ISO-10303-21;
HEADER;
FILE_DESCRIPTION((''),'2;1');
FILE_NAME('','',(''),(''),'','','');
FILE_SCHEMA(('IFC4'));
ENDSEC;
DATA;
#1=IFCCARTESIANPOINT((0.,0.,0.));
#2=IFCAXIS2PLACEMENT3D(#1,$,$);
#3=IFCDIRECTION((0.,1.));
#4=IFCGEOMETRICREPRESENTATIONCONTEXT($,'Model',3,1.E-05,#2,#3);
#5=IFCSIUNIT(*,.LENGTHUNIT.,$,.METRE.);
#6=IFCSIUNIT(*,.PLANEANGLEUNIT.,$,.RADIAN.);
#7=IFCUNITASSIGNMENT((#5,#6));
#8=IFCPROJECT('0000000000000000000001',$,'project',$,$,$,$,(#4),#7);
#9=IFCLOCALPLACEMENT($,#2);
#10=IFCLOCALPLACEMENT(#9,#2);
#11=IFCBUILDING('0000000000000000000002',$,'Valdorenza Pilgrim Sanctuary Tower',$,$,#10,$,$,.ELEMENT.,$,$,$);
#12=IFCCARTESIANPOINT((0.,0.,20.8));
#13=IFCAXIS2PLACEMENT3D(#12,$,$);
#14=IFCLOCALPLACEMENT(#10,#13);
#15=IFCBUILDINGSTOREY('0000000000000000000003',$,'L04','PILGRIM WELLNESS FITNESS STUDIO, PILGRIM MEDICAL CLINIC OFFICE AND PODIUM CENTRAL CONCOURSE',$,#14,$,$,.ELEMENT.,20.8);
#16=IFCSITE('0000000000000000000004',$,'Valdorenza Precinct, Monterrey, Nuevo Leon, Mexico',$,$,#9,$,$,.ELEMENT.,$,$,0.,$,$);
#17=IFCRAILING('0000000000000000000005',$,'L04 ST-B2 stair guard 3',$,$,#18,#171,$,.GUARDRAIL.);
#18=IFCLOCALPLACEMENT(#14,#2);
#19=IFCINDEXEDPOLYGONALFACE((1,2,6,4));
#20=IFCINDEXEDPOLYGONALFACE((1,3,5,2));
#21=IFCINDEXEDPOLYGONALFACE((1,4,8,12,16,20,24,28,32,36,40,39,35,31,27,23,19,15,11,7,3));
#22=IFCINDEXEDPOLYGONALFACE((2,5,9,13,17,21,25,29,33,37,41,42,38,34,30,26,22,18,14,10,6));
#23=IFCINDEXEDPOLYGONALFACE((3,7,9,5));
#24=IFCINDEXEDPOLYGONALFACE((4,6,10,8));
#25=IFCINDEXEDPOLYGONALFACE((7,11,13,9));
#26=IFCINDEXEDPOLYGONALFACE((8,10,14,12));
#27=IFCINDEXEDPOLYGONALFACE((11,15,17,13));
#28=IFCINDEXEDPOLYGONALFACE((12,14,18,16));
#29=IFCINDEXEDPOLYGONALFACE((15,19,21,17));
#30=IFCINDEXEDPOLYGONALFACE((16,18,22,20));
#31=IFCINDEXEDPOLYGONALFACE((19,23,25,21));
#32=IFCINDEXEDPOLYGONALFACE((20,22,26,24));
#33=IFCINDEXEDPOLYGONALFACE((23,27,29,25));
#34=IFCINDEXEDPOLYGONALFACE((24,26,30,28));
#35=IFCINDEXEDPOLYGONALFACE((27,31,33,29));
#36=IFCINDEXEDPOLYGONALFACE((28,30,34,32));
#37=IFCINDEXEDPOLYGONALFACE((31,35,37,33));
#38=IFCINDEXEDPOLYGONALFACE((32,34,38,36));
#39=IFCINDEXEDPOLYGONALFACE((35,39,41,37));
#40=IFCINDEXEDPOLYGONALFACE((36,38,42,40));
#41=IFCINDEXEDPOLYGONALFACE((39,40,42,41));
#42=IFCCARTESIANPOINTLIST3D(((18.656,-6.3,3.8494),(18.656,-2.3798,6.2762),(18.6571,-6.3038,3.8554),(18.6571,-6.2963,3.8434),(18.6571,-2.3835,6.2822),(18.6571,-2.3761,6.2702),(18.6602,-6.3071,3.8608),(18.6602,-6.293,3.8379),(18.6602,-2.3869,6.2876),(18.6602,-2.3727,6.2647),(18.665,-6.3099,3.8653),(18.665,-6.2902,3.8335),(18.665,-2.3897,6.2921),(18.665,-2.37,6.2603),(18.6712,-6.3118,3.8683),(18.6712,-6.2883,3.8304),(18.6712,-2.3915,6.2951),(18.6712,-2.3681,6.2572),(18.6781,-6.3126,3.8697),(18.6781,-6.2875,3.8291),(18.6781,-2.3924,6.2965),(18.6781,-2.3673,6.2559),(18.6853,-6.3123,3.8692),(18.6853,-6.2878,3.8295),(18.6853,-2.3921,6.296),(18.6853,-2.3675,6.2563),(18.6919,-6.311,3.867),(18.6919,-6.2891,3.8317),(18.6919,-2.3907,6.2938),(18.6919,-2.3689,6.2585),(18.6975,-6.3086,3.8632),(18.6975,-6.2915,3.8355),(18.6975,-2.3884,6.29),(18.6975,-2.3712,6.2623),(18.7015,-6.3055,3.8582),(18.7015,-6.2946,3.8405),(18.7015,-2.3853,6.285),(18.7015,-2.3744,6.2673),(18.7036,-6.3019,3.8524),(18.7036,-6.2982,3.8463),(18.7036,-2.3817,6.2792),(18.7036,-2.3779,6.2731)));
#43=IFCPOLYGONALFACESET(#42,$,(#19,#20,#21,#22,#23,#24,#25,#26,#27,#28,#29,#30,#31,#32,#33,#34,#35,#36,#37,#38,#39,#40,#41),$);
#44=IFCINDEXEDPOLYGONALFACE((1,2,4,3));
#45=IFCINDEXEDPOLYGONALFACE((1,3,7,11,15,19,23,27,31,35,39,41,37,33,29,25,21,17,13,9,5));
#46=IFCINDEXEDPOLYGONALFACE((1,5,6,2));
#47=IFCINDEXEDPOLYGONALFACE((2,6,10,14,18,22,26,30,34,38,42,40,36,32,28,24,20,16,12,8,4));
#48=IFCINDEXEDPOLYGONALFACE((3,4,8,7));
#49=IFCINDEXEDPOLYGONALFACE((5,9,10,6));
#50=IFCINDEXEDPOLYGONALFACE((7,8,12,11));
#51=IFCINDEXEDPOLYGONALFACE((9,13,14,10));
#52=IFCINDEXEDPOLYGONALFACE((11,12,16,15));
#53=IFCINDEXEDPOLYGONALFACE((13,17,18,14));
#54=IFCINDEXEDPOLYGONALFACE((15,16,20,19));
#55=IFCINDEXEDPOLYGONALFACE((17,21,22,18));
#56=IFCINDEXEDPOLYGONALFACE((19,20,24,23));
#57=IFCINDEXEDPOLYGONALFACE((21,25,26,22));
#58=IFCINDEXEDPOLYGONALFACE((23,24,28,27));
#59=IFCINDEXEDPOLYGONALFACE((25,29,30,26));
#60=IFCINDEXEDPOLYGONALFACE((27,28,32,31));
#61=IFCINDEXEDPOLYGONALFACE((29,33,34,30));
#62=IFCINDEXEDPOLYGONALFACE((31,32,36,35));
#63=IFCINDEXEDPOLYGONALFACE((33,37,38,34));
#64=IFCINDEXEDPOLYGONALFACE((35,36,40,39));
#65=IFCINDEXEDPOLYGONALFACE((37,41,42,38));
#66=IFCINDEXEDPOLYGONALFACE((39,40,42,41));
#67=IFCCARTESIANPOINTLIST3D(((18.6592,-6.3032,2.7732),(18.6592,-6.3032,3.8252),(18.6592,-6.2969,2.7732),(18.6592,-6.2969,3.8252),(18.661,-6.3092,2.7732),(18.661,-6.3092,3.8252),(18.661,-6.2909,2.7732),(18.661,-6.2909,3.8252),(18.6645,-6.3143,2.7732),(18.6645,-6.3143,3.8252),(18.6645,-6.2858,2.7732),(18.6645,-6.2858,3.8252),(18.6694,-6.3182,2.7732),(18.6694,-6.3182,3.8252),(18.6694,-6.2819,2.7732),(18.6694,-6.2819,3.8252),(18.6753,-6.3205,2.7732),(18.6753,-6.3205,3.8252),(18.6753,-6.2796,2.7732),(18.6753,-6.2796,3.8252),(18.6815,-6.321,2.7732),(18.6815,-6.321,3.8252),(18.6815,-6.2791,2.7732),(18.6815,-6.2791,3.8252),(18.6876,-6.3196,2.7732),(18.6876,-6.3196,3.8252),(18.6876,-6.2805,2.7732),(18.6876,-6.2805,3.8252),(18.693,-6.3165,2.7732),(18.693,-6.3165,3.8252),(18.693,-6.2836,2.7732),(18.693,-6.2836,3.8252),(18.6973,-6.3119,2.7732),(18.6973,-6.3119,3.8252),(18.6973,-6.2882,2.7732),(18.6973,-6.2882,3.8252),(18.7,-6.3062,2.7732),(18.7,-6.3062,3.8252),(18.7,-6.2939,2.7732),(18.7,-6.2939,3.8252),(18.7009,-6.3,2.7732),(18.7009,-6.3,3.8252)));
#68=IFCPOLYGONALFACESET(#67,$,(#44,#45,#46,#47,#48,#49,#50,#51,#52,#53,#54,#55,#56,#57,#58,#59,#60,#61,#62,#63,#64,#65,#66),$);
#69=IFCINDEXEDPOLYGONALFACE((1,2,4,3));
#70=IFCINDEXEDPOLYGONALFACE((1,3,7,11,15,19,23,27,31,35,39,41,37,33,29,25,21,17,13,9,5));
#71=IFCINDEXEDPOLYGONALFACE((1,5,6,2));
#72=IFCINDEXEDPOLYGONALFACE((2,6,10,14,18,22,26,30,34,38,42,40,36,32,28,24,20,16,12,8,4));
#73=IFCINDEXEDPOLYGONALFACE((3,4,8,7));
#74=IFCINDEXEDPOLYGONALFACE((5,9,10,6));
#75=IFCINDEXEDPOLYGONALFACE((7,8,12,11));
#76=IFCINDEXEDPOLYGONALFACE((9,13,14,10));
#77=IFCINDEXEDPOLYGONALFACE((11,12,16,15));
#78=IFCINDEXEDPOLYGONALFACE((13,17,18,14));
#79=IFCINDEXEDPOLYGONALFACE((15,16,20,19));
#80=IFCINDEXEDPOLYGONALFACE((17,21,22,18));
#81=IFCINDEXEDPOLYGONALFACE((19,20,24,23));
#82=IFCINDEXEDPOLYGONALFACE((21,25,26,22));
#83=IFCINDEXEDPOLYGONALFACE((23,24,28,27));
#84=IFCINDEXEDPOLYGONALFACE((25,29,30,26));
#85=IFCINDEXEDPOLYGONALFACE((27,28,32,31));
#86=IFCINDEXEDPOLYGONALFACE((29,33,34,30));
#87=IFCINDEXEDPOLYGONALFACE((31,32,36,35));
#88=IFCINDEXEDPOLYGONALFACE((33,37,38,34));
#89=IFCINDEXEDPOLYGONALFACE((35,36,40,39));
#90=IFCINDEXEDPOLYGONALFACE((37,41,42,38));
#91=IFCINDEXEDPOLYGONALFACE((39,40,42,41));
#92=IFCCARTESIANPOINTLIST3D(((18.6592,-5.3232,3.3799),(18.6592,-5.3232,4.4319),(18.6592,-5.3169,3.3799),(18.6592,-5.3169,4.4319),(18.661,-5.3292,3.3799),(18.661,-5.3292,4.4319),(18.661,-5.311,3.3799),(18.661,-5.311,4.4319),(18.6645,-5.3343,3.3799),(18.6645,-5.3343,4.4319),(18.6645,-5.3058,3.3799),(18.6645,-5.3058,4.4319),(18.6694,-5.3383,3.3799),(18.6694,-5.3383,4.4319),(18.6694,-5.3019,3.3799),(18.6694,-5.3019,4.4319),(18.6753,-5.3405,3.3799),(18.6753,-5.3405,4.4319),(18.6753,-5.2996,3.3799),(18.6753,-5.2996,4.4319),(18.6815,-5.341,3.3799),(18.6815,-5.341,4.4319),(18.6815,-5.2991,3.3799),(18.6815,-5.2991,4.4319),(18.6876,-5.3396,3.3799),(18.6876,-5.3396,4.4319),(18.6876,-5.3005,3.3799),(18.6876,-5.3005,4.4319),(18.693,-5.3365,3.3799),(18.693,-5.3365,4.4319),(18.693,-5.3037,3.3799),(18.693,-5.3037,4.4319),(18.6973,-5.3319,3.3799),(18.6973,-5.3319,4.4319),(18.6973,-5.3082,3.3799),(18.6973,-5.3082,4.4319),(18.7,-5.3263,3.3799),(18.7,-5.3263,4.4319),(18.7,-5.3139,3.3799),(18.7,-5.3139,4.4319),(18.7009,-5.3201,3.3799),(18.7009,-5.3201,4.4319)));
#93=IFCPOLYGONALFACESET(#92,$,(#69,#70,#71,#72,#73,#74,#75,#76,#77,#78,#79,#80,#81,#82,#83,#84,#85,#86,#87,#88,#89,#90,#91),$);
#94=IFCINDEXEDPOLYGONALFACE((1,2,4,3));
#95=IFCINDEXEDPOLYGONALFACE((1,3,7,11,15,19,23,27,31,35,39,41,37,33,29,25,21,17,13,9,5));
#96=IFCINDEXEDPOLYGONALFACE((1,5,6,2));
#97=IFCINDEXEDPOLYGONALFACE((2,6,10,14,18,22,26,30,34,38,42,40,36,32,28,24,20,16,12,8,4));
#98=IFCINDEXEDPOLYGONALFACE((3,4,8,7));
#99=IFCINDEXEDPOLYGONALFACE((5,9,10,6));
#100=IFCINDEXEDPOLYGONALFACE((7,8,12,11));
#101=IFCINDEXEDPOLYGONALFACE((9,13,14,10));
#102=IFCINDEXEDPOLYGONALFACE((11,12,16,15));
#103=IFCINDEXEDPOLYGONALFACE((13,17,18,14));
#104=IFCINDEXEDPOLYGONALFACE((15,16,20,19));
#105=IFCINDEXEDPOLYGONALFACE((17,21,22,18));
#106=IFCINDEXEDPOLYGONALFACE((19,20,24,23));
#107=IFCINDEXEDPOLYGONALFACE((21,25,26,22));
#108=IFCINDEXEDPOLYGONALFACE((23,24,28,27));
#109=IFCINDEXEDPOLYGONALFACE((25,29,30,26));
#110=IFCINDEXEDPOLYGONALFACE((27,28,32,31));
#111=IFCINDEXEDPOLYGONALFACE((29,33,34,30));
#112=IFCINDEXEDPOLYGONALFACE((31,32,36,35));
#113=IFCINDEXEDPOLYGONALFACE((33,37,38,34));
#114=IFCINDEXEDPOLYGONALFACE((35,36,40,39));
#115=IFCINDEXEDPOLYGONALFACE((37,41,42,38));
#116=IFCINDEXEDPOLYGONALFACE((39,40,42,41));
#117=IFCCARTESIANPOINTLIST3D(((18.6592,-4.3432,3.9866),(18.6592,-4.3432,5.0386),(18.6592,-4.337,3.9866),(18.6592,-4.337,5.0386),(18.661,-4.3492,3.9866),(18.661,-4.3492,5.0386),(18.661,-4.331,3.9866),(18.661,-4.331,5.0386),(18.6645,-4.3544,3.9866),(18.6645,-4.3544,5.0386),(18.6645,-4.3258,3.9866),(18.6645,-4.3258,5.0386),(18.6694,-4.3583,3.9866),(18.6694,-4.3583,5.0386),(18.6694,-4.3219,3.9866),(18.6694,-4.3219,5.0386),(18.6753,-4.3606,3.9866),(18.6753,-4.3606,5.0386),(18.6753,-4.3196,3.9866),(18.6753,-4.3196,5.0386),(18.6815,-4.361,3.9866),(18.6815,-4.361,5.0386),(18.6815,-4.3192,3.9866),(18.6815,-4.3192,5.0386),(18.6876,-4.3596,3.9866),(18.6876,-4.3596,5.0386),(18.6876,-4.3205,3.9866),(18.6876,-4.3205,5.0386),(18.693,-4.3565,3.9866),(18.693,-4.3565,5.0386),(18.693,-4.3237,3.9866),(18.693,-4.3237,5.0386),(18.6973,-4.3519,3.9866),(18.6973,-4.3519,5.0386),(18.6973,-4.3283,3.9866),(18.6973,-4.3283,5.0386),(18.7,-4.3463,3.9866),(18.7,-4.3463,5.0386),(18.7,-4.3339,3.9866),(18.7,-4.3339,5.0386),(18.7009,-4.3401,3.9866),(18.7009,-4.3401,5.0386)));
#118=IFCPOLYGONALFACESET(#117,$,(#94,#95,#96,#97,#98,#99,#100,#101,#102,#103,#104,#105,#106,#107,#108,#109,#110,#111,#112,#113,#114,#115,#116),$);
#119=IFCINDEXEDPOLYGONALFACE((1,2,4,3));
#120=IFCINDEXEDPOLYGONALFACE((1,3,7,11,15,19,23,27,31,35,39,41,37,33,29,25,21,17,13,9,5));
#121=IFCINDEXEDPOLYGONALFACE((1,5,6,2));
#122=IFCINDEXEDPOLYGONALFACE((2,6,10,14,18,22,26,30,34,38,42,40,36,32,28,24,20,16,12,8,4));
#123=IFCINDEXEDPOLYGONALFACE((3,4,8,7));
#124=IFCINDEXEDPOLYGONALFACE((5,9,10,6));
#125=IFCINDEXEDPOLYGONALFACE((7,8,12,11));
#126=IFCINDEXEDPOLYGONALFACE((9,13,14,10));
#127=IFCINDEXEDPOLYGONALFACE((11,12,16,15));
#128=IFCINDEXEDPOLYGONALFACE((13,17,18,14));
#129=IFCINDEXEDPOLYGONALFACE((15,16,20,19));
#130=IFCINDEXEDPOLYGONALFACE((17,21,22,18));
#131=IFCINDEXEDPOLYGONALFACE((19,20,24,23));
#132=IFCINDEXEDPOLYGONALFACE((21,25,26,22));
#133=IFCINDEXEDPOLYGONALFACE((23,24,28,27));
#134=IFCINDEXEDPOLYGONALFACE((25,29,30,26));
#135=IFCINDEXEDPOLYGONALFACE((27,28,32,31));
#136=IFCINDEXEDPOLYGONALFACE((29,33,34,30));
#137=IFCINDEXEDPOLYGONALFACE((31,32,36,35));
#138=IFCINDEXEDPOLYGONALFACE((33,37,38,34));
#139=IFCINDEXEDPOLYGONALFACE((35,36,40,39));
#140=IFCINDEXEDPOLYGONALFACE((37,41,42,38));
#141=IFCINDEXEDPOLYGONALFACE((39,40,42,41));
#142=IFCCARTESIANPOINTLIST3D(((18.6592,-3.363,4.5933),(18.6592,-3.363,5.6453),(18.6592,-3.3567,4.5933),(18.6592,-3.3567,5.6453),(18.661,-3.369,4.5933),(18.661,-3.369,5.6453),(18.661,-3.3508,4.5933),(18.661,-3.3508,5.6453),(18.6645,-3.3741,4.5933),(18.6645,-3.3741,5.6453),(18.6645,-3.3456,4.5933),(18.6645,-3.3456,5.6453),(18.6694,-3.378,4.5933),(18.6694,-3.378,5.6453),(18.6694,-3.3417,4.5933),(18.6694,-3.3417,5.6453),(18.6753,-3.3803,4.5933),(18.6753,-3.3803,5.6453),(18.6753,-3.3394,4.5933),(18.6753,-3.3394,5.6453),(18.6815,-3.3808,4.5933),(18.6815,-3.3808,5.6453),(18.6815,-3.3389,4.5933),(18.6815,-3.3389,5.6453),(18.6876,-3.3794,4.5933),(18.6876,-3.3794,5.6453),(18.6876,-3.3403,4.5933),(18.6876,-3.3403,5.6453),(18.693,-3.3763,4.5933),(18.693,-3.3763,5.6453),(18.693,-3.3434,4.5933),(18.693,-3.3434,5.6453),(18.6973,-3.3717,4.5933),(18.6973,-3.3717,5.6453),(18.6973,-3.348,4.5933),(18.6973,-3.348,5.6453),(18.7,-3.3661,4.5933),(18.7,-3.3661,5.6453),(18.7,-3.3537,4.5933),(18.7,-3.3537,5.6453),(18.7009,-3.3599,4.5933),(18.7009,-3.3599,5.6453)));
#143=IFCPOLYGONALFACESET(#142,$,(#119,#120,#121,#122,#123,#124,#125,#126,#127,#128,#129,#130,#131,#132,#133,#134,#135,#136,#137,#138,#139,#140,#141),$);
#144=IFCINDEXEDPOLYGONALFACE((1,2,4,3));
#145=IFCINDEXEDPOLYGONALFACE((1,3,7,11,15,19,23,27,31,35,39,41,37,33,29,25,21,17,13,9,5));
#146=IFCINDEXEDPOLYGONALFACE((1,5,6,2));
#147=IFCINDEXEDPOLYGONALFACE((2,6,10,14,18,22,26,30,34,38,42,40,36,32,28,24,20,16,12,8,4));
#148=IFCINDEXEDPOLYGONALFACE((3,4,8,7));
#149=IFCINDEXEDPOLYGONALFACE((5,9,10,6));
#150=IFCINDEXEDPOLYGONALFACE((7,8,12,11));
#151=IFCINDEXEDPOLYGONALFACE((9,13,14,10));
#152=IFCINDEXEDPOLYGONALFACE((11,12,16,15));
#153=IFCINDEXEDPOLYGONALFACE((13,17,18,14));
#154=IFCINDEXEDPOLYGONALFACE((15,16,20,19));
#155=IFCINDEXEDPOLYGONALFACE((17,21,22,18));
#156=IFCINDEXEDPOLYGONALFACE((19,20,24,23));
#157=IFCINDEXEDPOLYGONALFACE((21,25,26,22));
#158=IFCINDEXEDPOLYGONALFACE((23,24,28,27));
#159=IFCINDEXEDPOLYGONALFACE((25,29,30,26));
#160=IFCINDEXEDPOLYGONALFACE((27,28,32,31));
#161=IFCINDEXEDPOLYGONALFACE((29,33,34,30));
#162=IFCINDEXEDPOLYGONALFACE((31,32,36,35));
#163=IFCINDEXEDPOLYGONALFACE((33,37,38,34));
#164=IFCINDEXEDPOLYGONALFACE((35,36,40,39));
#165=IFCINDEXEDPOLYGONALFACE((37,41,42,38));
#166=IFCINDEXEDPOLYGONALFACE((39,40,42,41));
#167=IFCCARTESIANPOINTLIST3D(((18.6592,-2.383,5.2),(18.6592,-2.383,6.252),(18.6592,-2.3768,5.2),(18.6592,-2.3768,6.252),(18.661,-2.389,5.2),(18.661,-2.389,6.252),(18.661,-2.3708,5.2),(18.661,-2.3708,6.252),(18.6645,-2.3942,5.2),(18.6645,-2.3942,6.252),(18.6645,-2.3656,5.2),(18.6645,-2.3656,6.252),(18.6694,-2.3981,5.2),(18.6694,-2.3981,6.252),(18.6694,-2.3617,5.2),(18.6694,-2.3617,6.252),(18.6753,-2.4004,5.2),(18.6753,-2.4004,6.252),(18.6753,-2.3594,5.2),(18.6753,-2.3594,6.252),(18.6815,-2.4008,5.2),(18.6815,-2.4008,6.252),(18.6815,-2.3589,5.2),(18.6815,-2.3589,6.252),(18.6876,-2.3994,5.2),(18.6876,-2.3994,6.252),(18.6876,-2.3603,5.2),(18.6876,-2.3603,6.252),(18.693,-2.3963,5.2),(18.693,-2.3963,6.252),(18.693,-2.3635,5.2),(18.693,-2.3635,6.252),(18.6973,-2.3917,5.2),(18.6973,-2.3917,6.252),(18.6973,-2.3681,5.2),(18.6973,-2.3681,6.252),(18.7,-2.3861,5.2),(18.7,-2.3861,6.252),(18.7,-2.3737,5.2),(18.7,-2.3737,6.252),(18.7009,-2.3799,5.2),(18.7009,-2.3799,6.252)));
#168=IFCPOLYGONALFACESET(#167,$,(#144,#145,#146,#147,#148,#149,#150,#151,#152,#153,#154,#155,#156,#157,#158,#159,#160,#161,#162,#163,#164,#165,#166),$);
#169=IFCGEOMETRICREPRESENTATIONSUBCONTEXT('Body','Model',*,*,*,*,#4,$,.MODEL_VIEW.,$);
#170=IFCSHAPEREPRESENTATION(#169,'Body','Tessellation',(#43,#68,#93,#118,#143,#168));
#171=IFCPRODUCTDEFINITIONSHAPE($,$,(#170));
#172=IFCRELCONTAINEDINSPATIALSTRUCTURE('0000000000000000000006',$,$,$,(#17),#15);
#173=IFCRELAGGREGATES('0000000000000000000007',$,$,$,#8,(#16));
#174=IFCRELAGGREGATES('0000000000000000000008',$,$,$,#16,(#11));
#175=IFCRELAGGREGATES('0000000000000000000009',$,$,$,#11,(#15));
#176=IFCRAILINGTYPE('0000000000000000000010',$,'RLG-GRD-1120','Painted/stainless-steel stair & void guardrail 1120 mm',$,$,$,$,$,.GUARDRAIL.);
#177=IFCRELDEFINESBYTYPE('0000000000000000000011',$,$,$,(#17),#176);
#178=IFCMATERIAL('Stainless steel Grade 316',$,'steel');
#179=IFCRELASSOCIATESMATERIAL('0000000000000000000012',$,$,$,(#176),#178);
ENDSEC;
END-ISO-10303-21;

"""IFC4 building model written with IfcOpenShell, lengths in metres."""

from ifc_helpers import new_model, si_unit, direction, frame, origin, origin_2d, place, context, subcontext, project, spatial, circle, extrude, material, type_object, element, save


model = new_model("IFC4")

# Units and contexts
model_context = context("Model", 3, precision=1e-05, world=origin(), true_north=direction((0.0, 1.0)))
body_context = subcontext(model_context, "Body", "Model", "MODEL_VIEW")
ifc_project = project(units=[si_unit("LENGTHUNIT", "METRE"), si_unit("PLANEANGLEUNIT", "RADIAN")], contexts=[model_context])

# Site, building, storey
site_placement = place(None, origin())
site = spatial("IfcSite", under=ifc_project, at=site_placement, Name="Valdorenza Precinct, Monterrey, Nuevo Leon, Mexico", CompositionType="ELEMENT", RefElevation=0.0)
building_placement = place(site_placement, origin())
building = spatial("IfcBuilding", under=site, at=building_placement, Name="Valdorenza Pilgrim Sanctuary Tower", CompositionType="ELEMENT")
storey_placement = place(building_placement, frame((0.0, 0.0, 20.8)))
storey = spatial("IfcBuildingStorey", under=building, at=storey_placement, Name="L04", Description="PILGRIM WELLNESS FITNESS STUDIO, PILGRIM MEDICAL CLINIC OFFICE AND PODIUM CENTRAL CONCOURSE", CompositionType="ELEMENT", Elevation=20.8)

# Railing
ifc_material_1 = material(Name="Stainless steel Grade 316", Category="steel")
railing_type_1 = type_object("IfcRailingType", Name="RLG-GRD-1120", Description="Painted/stainless-steel stair & void guardrail 1120 mm", PredefinedType="GUARDRAIL", material=ifc_material_1)
railing_1_placement = place(storey_placement, frame((18.6799, -6.3, 2.7732)))
element("IfcRailing", 1, at=railing_1_placement, inside=storey, type_object=railing_type_1, Name="L04 ST-B2 stair guard 3", PredefinedType="GUARDRAIL", context=body_context, shape_type="SweptSolid", body=[
    extrude(circle(Radius=0.0239, at=origin_2d()), frame((0.0, 0.0, 1.0762), z_axis=(0.0, 0.850266, 0.526353), x_axis=(-1.0, 0.0, 0.0)), (0.0, 0.0, 1.0), 4.6106),
    extrude(circle(Radius=0.021, at=origin_2d()), origin(), (0.0, 0.0, 1.0), 1.052),
    extrude(circle(Radius=0.021, at=origin_2d()), frame((0.0, 0.98, 0.6067)), (0.0, 0.0, 1.0), 1.052),
    extrude(circle(Radius=0.021, at=origin_2d()), frame((0.0, 1.96, 1.2134)), (0.0, 0.0, 1.0), 1.052),
    extrude(circle(Radius=0.021, at=origin_2d()), frame((0.0, 2.9402, 1.8201)), (0.0, 0.0, 1.0), 1.052),
    extrude(circle(Radius=0.021, at=origin_2d()), frame((0.0, 3.9202, 2.4268)), (0.0, 0.0, 1.0), 1.052),
])

save(model, "model.ifc")
